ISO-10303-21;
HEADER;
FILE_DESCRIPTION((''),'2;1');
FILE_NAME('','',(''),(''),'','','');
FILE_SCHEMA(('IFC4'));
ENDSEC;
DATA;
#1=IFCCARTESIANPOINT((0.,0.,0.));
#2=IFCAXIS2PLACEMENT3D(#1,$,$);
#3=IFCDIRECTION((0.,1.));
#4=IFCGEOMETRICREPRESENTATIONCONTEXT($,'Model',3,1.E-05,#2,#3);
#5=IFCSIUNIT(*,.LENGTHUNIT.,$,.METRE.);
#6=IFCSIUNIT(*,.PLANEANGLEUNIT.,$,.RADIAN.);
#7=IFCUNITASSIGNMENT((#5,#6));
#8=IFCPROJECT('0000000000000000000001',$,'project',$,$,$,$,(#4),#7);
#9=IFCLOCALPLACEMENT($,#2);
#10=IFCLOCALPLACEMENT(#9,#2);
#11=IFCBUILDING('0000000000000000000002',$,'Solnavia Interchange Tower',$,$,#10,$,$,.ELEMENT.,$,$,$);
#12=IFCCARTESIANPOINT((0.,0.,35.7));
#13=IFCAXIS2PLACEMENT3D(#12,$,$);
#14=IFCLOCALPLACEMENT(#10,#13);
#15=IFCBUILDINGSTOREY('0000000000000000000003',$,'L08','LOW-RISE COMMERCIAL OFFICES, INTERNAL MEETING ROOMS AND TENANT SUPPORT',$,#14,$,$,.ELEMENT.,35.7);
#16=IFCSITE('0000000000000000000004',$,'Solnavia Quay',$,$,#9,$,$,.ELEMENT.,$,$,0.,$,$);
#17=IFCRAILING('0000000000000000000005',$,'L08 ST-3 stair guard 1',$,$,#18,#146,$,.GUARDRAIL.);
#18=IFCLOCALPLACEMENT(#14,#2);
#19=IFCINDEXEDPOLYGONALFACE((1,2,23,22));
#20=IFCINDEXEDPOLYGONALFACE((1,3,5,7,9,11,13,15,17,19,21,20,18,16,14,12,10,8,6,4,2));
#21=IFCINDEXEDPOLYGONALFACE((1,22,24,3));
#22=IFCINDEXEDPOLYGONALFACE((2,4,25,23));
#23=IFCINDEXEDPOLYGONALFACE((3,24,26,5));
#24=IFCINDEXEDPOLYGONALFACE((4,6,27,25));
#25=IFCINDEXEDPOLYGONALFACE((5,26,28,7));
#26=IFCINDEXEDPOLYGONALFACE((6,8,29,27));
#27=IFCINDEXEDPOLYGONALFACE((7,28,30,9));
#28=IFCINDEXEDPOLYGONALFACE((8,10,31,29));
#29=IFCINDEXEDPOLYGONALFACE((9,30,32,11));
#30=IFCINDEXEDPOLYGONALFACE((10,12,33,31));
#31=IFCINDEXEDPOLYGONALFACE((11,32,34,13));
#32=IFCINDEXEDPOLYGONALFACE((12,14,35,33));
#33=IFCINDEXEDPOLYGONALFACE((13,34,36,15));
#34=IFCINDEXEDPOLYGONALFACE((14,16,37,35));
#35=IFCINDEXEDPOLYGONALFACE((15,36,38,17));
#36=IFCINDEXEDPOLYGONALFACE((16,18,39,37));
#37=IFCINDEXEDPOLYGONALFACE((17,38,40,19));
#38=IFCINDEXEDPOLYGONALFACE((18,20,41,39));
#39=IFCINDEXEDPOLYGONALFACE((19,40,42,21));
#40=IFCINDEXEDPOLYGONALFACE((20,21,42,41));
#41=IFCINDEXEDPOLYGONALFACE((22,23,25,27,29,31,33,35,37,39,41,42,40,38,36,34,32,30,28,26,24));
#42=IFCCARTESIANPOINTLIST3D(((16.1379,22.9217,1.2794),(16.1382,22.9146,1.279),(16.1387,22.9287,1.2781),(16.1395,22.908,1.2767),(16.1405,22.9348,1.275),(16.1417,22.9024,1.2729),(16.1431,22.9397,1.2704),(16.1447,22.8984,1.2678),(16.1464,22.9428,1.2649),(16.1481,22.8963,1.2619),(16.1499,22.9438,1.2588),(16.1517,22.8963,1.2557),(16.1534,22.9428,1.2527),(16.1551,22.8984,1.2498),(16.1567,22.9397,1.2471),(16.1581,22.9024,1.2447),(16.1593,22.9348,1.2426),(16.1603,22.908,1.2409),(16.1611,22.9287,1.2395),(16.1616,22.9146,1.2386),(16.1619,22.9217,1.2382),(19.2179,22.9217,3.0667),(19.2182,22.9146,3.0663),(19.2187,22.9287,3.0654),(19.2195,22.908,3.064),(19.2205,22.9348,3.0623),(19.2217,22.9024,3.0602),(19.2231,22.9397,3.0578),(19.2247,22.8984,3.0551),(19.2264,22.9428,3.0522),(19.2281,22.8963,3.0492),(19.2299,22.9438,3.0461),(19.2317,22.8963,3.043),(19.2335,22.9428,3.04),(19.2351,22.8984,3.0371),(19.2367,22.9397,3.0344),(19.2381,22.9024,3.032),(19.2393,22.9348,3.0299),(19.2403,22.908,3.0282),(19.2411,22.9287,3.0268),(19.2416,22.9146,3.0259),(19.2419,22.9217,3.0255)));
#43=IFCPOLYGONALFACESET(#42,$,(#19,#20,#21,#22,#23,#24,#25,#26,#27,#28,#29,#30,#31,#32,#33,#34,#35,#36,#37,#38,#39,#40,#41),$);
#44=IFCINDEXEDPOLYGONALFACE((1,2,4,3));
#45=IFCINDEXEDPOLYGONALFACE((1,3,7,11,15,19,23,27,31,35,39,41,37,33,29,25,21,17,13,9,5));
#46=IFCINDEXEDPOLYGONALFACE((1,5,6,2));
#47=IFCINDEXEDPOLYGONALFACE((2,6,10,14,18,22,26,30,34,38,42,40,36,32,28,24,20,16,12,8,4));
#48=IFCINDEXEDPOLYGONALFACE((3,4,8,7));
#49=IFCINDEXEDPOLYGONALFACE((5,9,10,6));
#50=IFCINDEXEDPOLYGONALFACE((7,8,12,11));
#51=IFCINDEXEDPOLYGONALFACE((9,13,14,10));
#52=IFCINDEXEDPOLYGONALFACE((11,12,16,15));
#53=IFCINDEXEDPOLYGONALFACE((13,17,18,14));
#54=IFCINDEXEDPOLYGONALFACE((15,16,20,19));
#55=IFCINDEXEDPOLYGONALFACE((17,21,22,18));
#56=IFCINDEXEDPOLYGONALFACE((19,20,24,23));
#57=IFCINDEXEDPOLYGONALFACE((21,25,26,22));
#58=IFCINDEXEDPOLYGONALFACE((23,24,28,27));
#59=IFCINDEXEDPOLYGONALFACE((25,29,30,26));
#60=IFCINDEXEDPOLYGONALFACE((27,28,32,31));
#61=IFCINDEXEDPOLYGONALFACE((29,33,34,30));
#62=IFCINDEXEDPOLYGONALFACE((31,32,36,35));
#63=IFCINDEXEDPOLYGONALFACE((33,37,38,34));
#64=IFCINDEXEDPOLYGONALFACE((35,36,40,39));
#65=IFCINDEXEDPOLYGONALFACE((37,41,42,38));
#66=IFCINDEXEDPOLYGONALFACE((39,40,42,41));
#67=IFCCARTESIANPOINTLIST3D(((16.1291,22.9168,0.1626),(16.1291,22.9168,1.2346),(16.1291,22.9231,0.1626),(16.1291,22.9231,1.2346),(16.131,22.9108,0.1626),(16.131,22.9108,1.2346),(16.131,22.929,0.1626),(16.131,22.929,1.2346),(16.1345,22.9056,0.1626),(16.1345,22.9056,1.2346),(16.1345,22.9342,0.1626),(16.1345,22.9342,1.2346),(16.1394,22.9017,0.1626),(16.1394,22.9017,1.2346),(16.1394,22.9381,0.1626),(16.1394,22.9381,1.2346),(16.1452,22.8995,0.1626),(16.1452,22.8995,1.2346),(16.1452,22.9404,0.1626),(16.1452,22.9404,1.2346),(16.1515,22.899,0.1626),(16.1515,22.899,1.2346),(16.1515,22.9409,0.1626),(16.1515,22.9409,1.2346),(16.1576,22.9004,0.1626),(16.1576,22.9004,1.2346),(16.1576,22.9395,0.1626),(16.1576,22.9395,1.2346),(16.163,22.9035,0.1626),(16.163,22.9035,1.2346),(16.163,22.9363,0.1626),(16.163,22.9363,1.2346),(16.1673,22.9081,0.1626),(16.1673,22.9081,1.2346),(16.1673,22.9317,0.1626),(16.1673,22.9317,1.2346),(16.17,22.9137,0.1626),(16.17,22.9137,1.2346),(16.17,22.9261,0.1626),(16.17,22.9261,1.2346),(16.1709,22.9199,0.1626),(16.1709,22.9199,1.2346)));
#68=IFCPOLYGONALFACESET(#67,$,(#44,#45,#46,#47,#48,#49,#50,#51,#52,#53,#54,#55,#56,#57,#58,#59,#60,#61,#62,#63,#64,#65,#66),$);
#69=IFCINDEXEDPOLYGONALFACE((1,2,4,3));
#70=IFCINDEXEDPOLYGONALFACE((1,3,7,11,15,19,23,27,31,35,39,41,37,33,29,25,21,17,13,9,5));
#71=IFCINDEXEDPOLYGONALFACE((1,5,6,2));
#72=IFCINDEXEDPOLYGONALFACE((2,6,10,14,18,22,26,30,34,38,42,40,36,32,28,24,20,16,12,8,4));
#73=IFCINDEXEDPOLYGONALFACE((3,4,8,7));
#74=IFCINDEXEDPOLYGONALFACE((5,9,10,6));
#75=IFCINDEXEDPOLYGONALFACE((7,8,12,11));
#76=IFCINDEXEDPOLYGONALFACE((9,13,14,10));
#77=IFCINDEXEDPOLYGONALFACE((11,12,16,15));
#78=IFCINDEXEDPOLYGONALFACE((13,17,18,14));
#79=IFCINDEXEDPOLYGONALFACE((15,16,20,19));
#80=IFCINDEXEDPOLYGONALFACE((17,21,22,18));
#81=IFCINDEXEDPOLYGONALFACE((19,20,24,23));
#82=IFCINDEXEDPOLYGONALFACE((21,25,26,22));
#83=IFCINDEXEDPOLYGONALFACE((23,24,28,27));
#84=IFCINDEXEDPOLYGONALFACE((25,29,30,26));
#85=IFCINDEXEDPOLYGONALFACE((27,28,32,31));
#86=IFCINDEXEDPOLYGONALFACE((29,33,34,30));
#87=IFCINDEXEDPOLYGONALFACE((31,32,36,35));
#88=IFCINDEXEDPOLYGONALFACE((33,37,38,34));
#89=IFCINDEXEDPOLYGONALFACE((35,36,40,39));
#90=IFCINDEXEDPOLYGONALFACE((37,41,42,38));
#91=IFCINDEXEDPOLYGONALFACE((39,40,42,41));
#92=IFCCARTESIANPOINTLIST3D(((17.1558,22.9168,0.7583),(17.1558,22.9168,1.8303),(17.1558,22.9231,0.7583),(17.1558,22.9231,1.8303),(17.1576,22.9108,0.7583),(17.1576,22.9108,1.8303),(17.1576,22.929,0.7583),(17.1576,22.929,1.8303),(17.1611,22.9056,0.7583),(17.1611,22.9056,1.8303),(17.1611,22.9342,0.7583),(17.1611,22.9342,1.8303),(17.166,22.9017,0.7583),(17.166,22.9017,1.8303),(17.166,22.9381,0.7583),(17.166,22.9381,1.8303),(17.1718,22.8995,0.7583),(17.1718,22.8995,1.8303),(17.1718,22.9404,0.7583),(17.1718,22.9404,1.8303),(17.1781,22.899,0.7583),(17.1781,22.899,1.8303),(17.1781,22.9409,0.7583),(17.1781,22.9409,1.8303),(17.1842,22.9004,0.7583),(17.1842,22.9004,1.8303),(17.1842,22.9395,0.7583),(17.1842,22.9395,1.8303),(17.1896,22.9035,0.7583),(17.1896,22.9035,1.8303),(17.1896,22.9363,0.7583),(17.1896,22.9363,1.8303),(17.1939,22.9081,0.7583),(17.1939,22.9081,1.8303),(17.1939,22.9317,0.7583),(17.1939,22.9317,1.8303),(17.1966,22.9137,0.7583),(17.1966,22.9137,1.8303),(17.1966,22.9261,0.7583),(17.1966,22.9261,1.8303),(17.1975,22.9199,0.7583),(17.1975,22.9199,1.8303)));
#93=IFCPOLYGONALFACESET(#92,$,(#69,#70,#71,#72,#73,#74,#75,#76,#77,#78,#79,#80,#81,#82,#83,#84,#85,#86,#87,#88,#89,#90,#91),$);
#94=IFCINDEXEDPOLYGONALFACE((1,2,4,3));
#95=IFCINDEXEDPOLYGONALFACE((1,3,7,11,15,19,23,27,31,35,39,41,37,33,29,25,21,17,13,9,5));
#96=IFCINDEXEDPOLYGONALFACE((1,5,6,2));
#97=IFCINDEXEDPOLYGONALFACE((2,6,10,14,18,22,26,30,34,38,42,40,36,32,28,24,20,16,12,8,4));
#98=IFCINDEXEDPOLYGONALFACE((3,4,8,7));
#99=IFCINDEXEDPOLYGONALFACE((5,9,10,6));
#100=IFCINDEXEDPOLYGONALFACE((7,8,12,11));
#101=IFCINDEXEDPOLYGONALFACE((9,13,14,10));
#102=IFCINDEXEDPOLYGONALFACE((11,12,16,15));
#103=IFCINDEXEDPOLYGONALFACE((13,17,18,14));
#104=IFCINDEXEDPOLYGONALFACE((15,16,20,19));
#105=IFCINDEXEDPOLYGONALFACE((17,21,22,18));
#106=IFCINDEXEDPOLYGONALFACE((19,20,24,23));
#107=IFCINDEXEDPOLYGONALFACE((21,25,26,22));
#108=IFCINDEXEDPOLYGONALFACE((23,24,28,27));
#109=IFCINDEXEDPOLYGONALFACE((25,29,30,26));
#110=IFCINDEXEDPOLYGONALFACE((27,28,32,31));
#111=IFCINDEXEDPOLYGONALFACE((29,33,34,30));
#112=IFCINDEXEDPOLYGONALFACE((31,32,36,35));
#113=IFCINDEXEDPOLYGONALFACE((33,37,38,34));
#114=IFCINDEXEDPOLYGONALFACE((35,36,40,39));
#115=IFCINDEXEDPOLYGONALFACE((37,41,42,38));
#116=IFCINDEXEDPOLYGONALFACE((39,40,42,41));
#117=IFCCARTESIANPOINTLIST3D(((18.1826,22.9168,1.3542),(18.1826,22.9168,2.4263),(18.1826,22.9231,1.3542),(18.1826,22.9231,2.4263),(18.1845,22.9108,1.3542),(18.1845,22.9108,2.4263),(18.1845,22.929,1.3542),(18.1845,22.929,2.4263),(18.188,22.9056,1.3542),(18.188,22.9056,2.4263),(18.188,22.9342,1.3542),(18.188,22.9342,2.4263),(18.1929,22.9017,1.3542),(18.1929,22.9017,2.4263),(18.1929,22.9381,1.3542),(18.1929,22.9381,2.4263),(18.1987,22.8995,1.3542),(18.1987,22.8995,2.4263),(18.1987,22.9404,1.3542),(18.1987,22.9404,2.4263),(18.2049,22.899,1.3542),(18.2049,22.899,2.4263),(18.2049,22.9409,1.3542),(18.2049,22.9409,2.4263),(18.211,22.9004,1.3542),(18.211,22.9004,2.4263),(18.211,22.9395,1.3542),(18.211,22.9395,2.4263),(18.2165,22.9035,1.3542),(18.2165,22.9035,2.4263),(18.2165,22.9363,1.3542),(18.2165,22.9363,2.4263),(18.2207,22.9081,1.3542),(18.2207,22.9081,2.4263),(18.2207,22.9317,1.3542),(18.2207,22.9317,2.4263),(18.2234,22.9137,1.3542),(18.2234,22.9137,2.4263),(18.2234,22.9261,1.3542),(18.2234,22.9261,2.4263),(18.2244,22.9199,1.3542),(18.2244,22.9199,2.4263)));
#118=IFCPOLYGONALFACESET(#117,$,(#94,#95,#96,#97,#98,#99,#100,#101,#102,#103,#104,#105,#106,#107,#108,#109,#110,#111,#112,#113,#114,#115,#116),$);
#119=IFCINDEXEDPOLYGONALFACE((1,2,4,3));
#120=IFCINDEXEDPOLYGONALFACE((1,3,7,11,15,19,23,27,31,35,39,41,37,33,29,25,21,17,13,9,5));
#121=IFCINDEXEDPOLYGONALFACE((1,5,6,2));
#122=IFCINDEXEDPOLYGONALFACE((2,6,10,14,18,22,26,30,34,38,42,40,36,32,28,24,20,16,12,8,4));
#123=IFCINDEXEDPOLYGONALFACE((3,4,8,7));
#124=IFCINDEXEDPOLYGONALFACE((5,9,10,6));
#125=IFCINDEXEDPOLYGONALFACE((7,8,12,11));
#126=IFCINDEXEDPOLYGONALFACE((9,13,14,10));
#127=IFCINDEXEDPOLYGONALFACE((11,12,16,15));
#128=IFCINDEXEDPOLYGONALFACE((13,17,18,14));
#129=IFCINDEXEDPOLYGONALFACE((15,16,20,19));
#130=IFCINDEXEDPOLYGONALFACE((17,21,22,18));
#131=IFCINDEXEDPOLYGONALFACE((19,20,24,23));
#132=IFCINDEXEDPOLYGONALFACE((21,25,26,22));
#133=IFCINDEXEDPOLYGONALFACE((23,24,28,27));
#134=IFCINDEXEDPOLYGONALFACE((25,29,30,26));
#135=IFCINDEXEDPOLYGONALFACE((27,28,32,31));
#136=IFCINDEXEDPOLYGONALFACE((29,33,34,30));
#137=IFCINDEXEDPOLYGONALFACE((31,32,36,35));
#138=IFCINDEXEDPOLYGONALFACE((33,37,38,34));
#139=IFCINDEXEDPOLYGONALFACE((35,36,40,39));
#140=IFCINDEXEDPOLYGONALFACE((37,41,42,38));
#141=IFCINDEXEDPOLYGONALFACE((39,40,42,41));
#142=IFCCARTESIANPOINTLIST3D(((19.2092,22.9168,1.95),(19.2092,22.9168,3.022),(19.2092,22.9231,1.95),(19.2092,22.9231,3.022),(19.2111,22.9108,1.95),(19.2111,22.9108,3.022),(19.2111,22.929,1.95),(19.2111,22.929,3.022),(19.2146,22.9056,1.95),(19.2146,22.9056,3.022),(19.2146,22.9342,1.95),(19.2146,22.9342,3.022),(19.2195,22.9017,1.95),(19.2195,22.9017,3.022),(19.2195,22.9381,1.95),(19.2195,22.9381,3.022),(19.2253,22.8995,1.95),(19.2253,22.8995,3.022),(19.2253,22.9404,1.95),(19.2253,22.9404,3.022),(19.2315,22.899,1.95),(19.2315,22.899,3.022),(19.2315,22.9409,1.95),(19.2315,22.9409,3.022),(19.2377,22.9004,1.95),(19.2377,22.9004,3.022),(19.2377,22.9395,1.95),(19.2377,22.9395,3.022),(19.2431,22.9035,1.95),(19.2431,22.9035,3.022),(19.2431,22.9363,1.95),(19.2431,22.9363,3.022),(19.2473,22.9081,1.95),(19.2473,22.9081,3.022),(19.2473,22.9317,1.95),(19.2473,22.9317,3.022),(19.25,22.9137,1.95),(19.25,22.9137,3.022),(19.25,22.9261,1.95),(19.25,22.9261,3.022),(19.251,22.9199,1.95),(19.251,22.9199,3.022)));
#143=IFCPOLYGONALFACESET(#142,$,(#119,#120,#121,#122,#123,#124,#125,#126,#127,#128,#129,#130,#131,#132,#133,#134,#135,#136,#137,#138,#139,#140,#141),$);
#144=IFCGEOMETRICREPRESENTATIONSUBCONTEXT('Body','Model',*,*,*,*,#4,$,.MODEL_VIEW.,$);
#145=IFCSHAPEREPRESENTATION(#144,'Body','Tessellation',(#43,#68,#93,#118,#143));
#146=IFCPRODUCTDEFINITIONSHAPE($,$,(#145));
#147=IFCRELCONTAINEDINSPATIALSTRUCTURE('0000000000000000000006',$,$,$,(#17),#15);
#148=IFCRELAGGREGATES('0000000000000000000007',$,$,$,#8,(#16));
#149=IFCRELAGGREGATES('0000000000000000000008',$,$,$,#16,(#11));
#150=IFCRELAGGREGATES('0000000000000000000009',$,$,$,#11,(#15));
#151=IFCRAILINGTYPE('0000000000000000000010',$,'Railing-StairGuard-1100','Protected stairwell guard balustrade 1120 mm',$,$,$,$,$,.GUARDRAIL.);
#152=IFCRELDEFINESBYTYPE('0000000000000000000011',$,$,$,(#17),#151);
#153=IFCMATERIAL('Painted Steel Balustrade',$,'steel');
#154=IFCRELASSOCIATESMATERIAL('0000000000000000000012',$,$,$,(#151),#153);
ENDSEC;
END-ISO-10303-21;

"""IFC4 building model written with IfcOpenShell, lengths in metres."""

from ifc_helpers import new_model, si_unit, direction, frame, origin, origin_2d, place, context, subcontext, project, spatial, circle, extrude, material, type_object, element, save


model = new_model("IFC4")

# Units and contexts
model_context = context("Model", 3, precision=1e-05, world=origin(), true_north=direction((0.0, 1.0)))
body_context = subcontext(model_context, "Body", "Model", "MODEL_VIEW")
ifc_project = project(units=[si_unit("LENGTHUNIT", "METRE"), si_unit("PLANEANGLEUNIT", "RADIAN")], contexts=[model_context])

# Site, building, storey
site_placement = place(None, origin())
site = spatial("IfcSite", under=ifc_project, at=site_placement, Name="Solnavia Quay", CompositionType="ELEMENT", RefElevation=0.0)
building_placement = place(site_placement, origin())
building = spatial("IfcBuilding", under=site, at=building_placement, Name="Solnavia Interchange Tower", CompositionType="ELEMENT")
storey_placement = place(building_placement, frame((0.0, 0.0, 35.7)))
storey = spatial("IfcBuildingStorey", under=building, at=storey_placement, Name="L08", Description="LOW-RISE COMMERCIAL OFFICES, INTERNAL MEETING ROOMS AND TENANT SUPPORT", CompositionType="ELEMENT", Elevation=35.7)

# Railing
ifc_material_1 = material(Name="Painted Steel Balustrade", Category="steel")
railing_type_1 = type_object("IfcRailingType", Name="Railing-StairGuard-1100", Description="Protected stairwell guard balustrade 1120 mm", PredefinedType="GUARDRAIL", material=ifc_material_1)
railing_1_placement = place(storey_placement, frame((16.1499, 22.9199, 0.1626)))
element("IfcRailing", 1, at=railing_1_placement, inside=storey, type_object=railing_type_1, Name="L08 ST-3 stair guard 1", PredefinedType="GUARDRAIL", context=body_context, shape_type="SweptSolid", body=[
    extrude(circle(Radius=0.0239, at=origin_2d()), frame((0.0, 0.0, 1.0962), z_axis=(0.86492, 0.0, 0.501909), x_axis=(0.0, 1.0, 0.0)), (0.0, 0.0, 1.0), 3.561),
    extrude(circle(Radius=0.021, at=origin_2d()), origin(), (0.0, 0.0, 1.0), 1.072),
    extrude(circle(Radius=0.021, at=origin_2d()), frame((1.0266, 0.0, 0.5957)), (0.0, 0.0, 1.0), 1.072),
    extrude(circle(Radius=0.021, at=origin_2d()), frame((2.0535, 0.0, 1.1917)), (0.0, 0.0, 1.0), 1.072),
    extrude(circle(Radius=0.021, at=origin_2d()), frame((3.0801, 0.0, 1.7874)), (0.0, 0.0, 1.0), 1.072),
])

save(model, "model.ifc")
